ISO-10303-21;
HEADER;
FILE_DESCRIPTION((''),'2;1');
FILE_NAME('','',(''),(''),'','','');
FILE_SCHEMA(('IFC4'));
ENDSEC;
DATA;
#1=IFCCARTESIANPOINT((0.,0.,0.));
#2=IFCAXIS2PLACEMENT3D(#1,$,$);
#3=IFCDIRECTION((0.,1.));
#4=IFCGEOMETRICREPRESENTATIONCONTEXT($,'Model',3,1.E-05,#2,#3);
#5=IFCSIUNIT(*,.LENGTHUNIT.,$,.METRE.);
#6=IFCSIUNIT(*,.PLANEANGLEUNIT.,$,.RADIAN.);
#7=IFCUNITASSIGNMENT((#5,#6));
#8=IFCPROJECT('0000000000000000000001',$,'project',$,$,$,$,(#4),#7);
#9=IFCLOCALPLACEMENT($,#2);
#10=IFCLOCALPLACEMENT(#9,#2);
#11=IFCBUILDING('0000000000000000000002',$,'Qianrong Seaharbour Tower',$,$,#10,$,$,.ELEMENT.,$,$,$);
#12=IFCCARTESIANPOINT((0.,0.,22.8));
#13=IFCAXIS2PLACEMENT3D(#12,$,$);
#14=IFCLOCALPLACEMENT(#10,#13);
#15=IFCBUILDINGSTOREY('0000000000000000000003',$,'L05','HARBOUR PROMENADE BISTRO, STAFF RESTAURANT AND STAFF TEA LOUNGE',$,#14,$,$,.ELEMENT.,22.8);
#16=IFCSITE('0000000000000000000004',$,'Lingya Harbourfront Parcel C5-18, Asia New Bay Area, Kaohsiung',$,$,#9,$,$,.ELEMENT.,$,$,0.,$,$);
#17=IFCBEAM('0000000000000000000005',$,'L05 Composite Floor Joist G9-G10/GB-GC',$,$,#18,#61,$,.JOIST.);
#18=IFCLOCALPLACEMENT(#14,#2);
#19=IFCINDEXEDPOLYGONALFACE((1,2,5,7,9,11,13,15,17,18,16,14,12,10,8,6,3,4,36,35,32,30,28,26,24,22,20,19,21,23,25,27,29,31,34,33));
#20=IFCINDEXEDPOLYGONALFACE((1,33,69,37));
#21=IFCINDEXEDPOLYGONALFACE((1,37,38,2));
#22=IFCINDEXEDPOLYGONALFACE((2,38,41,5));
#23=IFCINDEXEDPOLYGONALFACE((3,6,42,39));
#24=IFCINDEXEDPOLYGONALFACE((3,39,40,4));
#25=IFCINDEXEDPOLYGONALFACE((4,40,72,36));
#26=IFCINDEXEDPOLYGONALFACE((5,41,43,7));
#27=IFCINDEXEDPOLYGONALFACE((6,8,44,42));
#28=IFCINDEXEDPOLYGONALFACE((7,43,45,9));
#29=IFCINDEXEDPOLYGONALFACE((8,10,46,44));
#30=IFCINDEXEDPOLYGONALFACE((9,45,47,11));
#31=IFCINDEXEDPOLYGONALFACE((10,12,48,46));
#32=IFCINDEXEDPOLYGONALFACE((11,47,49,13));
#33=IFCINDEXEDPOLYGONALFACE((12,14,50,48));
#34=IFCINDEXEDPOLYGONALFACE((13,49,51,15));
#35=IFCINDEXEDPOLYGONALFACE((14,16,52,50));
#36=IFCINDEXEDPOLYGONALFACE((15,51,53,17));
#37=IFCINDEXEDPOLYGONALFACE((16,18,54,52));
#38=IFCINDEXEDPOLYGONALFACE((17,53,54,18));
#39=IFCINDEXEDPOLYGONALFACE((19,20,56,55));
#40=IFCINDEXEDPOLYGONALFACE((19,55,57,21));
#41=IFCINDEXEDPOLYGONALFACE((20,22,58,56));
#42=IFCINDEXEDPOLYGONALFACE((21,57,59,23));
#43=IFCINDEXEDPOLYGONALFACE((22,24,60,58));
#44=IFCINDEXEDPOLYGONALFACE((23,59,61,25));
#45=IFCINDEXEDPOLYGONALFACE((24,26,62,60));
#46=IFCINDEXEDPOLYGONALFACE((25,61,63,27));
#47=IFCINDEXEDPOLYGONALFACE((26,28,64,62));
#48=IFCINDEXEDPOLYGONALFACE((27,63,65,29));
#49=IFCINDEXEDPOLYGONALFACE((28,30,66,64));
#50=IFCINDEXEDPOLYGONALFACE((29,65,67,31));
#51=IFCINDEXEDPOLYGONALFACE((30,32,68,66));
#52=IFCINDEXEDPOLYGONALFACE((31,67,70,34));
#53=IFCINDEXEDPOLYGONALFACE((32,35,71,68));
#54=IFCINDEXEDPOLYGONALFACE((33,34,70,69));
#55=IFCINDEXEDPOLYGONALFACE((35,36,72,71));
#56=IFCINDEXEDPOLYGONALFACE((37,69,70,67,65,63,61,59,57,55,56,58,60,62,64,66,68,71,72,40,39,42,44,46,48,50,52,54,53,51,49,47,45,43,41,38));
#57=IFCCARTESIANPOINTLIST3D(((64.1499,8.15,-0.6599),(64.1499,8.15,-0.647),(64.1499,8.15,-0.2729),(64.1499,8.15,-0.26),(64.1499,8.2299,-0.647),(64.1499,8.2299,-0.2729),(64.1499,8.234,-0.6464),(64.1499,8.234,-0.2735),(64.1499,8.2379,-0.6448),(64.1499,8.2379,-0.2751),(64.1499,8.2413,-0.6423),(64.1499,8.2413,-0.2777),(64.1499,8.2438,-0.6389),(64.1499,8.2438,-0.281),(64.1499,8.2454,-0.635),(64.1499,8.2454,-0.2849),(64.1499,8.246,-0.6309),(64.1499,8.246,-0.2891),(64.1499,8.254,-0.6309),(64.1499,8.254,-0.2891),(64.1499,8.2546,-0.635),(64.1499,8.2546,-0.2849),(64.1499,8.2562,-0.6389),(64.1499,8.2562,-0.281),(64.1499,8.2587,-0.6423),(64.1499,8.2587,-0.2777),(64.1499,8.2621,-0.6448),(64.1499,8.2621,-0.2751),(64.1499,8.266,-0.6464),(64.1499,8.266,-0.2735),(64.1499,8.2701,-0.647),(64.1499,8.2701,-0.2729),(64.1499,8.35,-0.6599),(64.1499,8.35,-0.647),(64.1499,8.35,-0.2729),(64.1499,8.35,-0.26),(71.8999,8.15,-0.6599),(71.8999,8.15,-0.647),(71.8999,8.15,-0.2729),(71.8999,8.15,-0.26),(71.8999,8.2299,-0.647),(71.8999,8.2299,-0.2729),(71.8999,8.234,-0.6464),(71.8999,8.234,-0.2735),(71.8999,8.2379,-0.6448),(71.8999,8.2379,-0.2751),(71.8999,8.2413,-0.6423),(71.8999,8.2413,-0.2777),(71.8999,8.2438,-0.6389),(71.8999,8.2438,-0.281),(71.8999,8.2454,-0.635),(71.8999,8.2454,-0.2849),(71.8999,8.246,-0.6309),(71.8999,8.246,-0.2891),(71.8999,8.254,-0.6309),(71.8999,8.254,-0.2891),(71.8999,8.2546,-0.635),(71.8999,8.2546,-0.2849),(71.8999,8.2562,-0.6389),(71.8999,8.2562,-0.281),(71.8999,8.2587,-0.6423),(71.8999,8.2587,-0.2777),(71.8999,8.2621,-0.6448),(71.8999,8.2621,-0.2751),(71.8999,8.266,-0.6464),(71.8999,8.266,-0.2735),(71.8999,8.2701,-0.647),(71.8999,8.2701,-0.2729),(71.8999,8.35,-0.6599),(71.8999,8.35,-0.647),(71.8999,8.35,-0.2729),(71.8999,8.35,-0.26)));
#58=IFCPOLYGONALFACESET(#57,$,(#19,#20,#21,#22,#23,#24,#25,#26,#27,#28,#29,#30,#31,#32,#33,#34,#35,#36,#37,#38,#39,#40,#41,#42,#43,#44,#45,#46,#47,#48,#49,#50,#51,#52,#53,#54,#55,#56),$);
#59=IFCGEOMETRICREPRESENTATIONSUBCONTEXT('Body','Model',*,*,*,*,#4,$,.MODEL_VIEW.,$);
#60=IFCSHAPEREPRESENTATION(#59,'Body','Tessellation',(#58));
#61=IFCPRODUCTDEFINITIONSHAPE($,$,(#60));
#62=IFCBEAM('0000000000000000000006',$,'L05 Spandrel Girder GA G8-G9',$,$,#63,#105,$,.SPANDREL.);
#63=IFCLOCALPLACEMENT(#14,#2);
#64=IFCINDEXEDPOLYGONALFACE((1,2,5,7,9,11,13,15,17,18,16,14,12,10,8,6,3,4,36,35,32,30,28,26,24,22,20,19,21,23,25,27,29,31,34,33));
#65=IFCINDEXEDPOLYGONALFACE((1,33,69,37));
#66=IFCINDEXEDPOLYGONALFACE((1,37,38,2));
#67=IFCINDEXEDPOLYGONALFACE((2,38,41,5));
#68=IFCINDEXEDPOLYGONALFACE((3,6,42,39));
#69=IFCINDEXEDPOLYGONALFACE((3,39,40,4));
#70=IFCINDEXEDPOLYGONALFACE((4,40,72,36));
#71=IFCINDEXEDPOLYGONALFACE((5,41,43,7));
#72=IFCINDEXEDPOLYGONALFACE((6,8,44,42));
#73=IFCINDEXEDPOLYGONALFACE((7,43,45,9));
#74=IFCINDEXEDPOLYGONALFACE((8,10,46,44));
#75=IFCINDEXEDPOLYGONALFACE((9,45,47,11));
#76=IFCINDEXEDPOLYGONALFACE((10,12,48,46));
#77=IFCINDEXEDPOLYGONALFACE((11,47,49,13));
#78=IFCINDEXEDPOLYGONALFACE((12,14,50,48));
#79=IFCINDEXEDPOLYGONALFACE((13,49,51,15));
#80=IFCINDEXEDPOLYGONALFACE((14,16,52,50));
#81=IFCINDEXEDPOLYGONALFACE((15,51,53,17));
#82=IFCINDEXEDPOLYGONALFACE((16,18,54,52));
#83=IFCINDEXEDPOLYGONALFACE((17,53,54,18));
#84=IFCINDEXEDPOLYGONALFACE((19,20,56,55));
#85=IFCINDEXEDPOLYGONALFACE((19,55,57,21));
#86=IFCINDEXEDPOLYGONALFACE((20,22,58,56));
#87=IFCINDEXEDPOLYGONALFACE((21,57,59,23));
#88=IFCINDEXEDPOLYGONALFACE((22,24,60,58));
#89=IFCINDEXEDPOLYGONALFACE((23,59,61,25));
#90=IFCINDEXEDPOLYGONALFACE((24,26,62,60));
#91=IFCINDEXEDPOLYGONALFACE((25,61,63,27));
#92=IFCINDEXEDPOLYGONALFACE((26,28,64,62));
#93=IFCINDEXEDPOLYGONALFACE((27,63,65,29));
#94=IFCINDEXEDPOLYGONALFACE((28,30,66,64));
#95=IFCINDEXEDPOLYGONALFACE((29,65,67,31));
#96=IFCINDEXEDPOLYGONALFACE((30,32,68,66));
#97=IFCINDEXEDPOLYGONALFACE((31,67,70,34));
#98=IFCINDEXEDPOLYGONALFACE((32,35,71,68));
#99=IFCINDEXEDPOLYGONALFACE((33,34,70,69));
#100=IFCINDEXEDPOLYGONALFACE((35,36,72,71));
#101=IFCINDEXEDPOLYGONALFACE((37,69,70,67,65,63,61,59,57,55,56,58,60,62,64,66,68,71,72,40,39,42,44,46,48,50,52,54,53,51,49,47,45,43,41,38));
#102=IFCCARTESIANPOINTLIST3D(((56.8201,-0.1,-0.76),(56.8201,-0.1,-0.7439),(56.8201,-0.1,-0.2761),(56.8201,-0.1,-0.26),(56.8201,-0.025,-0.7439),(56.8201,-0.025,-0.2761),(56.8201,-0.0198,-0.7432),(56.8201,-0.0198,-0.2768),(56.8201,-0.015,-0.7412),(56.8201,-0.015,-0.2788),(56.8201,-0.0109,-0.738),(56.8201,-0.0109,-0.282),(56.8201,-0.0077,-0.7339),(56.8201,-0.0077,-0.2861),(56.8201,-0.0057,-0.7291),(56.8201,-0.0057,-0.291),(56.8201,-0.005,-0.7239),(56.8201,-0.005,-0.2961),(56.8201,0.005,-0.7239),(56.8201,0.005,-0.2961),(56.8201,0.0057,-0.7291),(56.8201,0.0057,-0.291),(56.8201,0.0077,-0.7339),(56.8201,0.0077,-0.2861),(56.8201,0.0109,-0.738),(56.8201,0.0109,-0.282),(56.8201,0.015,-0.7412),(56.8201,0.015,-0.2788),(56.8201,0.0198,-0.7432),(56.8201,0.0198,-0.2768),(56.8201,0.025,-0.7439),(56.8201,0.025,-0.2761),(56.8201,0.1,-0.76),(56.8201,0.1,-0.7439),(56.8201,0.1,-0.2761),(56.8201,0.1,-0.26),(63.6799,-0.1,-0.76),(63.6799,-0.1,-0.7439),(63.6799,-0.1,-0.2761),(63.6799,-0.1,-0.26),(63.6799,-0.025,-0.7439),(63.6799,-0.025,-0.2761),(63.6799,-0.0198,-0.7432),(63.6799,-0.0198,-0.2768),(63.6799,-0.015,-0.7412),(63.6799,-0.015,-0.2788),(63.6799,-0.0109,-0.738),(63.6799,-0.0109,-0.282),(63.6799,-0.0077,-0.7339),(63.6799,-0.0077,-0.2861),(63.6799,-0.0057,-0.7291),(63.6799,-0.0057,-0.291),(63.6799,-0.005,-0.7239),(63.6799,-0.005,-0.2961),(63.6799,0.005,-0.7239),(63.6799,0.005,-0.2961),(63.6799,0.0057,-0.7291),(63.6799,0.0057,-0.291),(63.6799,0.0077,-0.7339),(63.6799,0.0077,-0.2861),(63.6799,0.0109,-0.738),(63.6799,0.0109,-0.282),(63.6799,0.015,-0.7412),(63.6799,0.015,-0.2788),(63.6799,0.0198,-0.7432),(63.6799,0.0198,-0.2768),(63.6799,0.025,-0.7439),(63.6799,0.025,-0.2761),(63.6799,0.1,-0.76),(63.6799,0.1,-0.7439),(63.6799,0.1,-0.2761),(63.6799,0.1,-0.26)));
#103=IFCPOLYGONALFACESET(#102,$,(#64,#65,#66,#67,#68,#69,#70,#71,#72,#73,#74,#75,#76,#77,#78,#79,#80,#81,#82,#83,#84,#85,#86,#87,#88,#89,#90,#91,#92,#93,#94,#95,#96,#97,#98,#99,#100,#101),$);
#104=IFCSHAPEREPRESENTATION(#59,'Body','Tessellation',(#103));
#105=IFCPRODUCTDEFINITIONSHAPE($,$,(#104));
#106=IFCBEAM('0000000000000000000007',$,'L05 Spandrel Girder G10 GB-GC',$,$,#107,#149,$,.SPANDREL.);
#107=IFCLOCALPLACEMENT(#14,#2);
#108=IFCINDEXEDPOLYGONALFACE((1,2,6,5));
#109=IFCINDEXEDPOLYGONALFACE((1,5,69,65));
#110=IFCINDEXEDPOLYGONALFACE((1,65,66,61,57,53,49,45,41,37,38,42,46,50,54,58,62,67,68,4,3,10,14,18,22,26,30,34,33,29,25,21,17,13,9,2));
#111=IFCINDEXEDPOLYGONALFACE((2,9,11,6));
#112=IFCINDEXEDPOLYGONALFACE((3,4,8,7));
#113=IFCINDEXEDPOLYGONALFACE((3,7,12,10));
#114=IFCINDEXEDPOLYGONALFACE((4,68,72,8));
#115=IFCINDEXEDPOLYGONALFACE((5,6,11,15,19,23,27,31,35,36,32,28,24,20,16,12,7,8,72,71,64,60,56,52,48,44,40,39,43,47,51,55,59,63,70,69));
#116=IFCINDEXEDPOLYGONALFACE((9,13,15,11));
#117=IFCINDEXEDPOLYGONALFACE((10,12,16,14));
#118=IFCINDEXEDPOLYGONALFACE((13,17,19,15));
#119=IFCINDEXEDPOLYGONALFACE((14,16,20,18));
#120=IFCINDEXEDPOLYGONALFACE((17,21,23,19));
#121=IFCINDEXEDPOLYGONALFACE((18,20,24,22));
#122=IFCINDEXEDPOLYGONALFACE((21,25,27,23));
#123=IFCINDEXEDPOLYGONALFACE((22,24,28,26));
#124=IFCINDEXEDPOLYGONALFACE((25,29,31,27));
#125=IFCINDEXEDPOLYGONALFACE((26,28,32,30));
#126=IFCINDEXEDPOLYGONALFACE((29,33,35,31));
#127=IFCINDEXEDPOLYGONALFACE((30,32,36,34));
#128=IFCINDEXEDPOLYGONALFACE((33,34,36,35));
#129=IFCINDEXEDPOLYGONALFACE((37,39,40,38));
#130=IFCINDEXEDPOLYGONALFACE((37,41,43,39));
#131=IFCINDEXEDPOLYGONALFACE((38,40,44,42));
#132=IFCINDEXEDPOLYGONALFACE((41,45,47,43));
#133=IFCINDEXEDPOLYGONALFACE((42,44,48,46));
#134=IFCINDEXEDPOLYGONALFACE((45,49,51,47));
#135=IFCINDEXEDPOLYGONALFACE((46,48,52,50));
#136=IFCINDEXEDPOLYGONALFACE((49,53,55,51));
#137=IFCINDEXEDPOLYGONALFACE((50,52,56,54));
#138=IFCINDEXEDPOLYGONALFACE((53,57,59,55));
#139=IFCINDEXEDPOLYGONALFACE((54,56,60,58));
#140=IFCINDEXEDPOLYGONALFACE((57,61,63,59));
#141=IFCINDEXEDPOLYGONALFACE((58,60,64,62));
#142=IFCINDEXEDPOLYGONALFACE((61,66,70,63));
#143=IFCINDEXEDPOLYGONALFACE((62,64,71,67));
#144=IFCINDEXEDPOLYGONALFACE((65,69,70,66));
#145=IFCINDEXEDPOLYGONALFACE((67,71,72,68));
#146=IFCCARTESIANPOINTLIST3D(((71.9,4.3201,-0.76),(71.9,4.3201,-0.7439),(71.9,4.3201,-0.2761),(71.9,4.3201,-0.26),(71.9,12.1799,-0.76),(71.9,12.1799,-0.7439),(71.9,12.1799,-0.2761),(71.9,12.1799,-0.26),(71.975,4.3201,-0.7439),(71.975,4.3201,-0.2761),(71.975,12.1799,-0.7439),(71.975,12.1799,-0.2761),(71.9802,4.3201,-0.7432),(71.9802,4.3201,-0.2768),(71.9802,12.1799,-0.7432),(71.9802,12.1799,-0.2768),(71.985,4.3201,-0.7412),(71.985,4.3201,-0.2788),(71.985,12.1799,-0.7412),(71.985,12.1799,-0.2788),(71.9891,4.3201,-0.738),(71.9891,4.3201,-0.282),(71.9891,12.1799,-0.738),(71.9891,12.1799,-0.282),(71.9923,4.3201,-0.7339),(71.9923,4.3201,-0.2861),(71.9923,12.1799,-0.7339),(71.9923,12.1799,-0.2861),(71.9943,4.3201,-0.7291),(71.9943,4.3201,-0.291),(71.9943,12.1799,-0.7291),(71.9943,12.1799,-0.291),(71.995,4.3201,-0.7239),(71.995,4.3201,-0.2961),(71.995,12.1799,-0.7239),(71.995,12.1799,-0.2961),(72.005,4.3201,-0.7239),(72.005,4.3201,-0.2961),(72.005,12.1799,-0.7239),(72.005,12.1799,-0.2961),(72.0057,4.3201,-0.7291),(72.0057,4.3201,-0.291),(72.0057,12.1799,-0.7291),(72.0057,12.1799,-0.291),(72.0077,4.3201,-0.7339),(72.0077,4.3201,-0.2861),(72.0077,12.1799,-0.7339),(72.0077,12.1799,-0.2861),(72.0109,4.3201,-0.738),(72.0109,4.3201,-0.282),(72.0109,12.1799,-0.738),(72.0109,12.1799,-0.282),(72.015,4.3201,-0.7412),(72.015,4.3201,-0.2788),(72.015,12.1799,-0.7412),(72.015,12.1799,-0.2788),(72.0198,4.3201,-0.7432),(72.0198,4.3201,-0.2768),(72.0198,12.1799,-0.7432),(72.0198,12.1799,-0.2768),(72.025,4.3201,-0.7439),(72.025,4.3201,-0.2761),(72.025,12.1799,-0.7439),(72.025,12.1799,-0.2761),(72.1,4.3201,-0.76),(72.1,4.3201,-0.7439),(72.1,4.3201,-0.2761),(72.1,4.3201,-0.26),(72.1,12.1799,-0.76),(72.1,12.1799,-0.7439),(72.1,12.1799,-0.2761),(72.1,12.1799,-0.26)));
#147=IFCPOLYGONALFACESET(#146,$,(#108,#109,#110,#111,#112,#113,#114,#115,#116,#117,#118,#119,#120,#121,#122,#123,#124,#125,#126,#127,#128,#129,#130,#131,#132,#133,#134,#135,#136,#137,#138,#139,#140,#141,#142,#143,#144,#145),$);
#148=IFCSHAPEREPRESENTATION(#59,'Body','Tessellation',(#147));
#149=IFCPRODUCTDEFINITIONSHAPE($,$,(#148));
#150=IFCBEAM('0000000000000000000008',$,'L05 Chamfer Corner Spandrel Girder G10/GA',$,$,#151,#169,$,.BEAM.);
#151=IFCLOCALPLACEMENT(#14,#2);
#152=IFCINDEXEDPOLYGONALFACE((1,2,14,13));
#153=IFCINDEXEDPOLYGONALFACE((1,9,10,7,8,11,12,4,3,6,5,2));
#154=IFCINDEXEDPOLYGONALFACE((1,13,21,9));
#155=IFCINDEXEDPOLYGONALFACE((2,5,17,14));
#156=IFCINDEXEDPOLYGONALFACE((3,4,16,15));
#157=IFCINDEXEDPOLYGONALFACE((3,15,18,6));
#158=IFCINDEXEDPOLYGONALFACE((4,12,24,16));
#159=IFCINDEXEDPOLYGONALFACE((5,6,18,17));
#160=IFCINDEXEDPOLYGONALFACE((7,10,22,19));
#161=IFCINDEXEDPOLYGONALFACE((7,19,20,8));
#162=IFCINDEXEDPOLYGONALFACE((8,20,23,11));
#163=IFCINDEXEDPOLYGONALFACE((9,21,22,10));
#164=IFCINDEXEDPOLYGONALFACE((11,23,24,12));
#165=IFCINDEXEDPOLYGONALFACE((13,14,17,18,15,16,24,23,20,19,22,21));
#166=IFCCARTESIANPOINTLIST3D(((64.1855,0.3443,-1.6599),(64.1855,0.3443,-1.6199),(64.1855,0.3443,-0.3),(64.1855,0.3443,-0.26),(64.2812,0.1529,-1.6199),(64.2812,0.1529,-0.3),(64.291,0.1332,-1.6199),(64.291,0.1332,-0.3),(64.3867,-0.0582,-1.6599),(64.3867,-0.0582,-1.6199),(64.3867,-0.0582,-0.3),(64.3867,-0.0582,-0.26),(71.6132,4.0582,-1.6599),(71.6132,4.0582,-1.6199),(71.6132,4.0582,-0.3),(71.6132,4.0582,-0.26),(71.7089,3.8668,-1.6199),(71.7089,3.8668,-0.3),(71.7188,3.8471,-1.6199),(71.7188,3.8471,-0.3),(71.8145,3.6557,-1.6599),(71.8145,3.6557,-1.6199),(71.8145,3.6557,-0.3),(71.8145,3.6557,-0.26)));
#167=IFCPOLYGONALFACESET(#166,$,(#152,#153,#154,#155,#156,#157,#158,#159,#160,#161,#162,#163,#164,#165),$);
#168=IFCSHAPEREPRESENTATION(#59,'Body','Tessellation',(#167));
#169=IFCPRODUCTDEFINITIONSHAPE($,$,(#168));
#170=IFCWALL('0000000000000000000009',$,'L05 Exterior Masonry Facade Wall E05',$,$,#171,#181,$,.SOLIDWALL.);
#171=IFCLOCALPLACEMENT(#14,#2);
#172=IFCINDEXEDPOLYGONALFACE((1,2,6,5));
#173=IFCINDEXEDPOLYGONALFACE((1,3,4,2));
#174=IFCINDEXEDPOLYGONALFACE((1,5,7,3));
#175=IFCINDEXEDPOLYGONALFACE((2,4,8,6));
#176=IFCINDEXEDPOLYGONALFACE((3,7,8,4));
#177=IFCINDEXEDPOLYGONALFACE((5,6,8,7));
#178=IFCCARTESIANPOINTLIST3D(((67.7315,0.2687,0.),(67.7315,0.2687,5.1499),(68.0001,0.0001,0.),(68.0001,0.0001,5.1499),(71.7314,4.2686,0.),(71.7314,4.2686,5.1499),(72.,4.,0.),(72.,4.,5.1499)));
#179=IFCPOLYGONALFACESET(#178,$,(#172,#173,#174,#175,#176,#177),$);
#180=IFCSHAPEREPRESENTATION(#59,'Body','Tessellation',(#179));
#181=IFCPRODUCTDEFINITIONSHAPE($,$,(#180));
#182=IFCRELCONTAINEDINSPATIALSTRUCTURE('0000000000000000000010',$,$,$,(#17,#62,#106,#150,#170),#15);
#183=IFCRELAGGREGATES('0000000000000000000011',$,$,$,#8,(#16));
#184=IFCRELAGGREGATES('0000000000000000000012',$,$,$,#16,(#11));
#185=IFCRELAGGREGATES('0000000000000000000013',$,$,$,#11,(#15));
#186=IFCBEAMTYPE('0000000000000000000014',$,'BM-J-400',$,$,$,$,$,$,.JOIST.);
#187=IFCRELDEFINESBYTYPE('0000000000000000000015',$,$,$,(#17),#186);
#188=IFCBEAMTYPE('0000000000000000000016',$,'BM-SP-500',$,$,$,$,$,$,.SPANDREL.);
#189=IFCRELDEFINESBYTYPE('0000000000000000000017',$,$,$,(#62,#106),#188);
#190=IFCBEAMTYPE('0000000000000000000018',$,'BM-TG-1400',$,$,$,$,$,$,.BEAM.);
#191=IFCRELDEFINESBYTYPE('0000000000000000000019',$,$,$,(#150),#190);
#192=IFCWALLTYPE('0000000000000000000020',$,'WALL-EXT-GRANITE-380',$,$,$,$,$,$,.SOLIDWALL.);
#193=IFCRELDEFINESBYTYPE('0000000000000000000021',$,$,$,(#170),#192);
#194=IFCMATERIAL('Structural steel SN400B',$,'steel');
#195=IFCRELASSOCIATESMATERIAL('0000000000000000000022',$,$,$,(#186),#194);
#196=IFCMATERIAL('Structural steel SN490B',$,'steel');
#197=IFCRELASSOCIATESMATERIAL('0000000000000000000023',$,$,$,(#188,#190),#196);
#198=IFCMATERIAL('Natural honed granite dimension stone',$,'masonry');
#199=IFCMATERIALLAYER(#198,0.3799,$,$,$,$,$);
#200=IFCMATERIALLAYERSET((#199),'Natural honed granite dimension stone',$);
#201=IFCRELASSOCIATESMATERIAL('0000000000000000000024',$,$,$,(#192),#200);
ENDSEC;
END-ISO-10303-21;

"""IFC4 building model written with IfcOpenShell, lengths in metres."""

from ifc_helpers import new_model, si_unit, direction, frame, frame_2d, origin, origin_2d, place, context, subcontext, project, spatial, rectangle, i_section, extrude, material, layer, layer_set, material_profile, profile_set, type_object, element, save


model = new_model("IFC4")

# Units and contexts
model_context = context("Model", 3, precision=1e-05, world=origin(), true_north=direction((0.0, 1.0)))
body_context = subcontext(model_context, "Body", "Model", "MODEL_VIEW")
ifc_project = project(units=[si_unit("LENGTHUNIT", "METRE"), si_unit("PLANEANGLEUNIT", "RADIAN")], contexts=[model_context])

# Site, building, storey
site_placement = place(None, origin())
site = spatial("IfcSite", under=ifc_project, at=site_placement, Name="Lingya Harbourfront Parcel C5-18, Asia New Bay Area, Kaohsiung", CompositionType="ELEMENT", RefElevation=0.0)
building_placement = place(site_placement, origin())
building = spatial("IfcBuilding", under=site, at=building_placement, Name="Qianrong Seaharbour Tower", CompositionType="ELEMENT")
storey_placement = place(building_placement, frame((0.0, 0.0, 22.8)))
storey = spatial("IfcBuildingStorey", under=building, at=storey_placement, Name="L05", Description="HARBOUR PROMENADE BISTRO, STAFF RESTAURANT AND STAFF TEA LOUNGE", CompositionType="ELEMENT", Elevation=22.8)

# Beams
ifc_material_1 = material(Name="Structural steel SN490B", Category="steel")
ifc_material_2 = material(Name="Structural steel SN400B", Category="steel")
ifc_material_profile_1 = material_profile(ifc_material_2, i_section(OverallWidth=0.2, OverallDepth=0.3999, WebThickness=0.0081, FlangeThickness=0.0129, FilletRadius=0.0161, at=origin_2d()), Name="H400x200x8x13")
ifc_profile_set_1 = profile_set([ifc_material_profile_1], Name="Structural steel SN400B")
beam_type_1 = type_object("IfcBeamType", Name="BM-J-400", PredefinedType="JOIST", material=ifc_profile_set_1)
beam_1_placement = place(storey_placement, frame((64.1499, 8.25, -0.46), z_axis=(1.0, 0.0, 0.0), x_axis=(0.0, 1.0, 0.0)))
element("IfcBeam", 1, at=beam_1_placement, inside=storey, type_object=beam_type_1, Name="L05 Composite Floor Joist G9-G10/GB-GC", PredefinedType="JOIST", context=body_context, shape_type="SweptSolid", body=[
    extrude(i_section(OverallWidth=0.2, OverallDepth=0.3999, WebThickness=0.0081, FlangeThickness=0.0129, FilletRadius=0.0161, at=origin_2d()), origin(), (0.0, 0.0, 1.0), 7.75),
])
ifc_material_profile_2 = material_profile(ifc_material_1, i_section(OverallWidth=0.2, OverallDepth=0.5, WebThickness=0.01, FlangeThickness=0.0161, FilletRadius=0.02, at=origin_2d()), Name="H500x200x10x16")
ifc_profile_set_2 = profile_set([ifc_material_profile_2], Name="Structural steel SN490B")
beam_type_2 = type_object("IfcBeamType", Name="BM-SP-500", PredefinedType="SPANDREL", material=ifc_profile_set_2)
beam_2_placement = place(storey_placement, frame((56.8201, 0.0, -0.51), z_axis=(1.0, 0.0, 0.0), x_axis=(0.0, 1.0, 0.0)))
element("IfcBeam", 2, at=beam_2_placement, inside=storey, type_object=beam_type_2, Name="L05 Spandrel Girder GA G8-G9", PredefinedType="SPANDREL", context=body_context, shape_type="SweptSolid", body=[
    extrude(i_section(OverallWidth=0.2, OverallDepth=0.5, WebThickness=0.01, FlangeThickness=0.0161, FilletRadius=0.02, at=origin_2d()), origin(), (0.0, 0.0, 1.0), 6.8599),
])
beam_3_placement = place(storey_placement, frame((72.0, 4.3201, -0.51), z_axis=(0.0, 1.0, 0.0), x_axis=(-1.0, 0.0, 0.0)))
element("IfcBeam", 3, at=beam_3_placement, inside=storey, type_object=beam_type_2, Name="L05 Spandrel Girder G10 GB-GC", PredefinedType="SPANDREL", context=body_context, shape_type="SweptSolid", body=[
    extrude(i_section(OverallWidth=0.2, OverallDepth=0.5, WebThickness=0.01, FlangeThickness=0.0161, FilletRadius=0.02, at=origin_2d()), origin(), (0.0, 0.0, 1.0), 7.8599),
])
ifc_material_profile_3 = material_profile(ifc_material_1, i_section(OverallWidth=0.45, OverallDepth=1.3999, WebThickness=0.022, FlangeThickness=0.04, at=origin_2d()), Name="BH1400x450x22x40")
ifc_profile_set_3 = profile_set([ifc_material_profile_3], Name="Structural steel SN490B")
beam_type_3 = type_object("IfcBeamType", Name="BM-TG-1400", PredefinedType="BEAM", material=ifc_profile_set_3)
beam_4_placement = place(storey_placement, frame((64.2861, 0.1431, -0.96), z_axis=(0.894427, 0.447214, 0.0), x_axis=(-0.447214, 0.894427, 0.0)))
element("IfcBeam", 4, at=beam_4_placement, inside=storey, type_object=beam_type_3, Name="L05 Chamfer Corner Spandrel Girder G10/GA", PredefinedType="BEAM", context=body_context, shape_type="SweptSolid", body=[
    extrude(i_section(OverallWidth=0.45, OverallDepth=1.3999, WebThickness=0.022, FlangeThickness=0.04, at=origin_2d()), origin(), (0.0, 0.0, 1.0), 8.3044),
])

# Wall
ifc_material_3 = material(Name="Natural honed granite dimension stone", Category="masonry")
ifc_layer = layer(ifc_material_3, 0.3799)
ifc_layer_set = layer_set([ifc_layer], Name="Natural honed granite dimension stone")
wall_type = type_object("IfcWallType", Name="WALL-EXT-GRANITE-380", PredefinedType="SOLIDWALL", material=ifc_layer_set)
wall_1_placement = place(storey_placement, frame((71.8657, 4.1343, 0.0), z_axis=(0.0, 0.0, 1.0), x_axis=(-0.707107, -0.707107, 0.0)))
element("IfcWall", 5, at=wall_1_placement, inside=storey, type_object=wall_type, Name="L05 Exterior Masonry Facade Wall E05", PredefinedType="SOLIDWALL", context=body_context, shape_type="SweptSolid", body=[
    extrude(rectangle(XDim=5.6567, YDim=0.3799, at=frame_2d((2.8284, 0.0))), origin(), (0.0, 0.0, 1.0), 5.1499),
])

save(model, "model.ifc")
